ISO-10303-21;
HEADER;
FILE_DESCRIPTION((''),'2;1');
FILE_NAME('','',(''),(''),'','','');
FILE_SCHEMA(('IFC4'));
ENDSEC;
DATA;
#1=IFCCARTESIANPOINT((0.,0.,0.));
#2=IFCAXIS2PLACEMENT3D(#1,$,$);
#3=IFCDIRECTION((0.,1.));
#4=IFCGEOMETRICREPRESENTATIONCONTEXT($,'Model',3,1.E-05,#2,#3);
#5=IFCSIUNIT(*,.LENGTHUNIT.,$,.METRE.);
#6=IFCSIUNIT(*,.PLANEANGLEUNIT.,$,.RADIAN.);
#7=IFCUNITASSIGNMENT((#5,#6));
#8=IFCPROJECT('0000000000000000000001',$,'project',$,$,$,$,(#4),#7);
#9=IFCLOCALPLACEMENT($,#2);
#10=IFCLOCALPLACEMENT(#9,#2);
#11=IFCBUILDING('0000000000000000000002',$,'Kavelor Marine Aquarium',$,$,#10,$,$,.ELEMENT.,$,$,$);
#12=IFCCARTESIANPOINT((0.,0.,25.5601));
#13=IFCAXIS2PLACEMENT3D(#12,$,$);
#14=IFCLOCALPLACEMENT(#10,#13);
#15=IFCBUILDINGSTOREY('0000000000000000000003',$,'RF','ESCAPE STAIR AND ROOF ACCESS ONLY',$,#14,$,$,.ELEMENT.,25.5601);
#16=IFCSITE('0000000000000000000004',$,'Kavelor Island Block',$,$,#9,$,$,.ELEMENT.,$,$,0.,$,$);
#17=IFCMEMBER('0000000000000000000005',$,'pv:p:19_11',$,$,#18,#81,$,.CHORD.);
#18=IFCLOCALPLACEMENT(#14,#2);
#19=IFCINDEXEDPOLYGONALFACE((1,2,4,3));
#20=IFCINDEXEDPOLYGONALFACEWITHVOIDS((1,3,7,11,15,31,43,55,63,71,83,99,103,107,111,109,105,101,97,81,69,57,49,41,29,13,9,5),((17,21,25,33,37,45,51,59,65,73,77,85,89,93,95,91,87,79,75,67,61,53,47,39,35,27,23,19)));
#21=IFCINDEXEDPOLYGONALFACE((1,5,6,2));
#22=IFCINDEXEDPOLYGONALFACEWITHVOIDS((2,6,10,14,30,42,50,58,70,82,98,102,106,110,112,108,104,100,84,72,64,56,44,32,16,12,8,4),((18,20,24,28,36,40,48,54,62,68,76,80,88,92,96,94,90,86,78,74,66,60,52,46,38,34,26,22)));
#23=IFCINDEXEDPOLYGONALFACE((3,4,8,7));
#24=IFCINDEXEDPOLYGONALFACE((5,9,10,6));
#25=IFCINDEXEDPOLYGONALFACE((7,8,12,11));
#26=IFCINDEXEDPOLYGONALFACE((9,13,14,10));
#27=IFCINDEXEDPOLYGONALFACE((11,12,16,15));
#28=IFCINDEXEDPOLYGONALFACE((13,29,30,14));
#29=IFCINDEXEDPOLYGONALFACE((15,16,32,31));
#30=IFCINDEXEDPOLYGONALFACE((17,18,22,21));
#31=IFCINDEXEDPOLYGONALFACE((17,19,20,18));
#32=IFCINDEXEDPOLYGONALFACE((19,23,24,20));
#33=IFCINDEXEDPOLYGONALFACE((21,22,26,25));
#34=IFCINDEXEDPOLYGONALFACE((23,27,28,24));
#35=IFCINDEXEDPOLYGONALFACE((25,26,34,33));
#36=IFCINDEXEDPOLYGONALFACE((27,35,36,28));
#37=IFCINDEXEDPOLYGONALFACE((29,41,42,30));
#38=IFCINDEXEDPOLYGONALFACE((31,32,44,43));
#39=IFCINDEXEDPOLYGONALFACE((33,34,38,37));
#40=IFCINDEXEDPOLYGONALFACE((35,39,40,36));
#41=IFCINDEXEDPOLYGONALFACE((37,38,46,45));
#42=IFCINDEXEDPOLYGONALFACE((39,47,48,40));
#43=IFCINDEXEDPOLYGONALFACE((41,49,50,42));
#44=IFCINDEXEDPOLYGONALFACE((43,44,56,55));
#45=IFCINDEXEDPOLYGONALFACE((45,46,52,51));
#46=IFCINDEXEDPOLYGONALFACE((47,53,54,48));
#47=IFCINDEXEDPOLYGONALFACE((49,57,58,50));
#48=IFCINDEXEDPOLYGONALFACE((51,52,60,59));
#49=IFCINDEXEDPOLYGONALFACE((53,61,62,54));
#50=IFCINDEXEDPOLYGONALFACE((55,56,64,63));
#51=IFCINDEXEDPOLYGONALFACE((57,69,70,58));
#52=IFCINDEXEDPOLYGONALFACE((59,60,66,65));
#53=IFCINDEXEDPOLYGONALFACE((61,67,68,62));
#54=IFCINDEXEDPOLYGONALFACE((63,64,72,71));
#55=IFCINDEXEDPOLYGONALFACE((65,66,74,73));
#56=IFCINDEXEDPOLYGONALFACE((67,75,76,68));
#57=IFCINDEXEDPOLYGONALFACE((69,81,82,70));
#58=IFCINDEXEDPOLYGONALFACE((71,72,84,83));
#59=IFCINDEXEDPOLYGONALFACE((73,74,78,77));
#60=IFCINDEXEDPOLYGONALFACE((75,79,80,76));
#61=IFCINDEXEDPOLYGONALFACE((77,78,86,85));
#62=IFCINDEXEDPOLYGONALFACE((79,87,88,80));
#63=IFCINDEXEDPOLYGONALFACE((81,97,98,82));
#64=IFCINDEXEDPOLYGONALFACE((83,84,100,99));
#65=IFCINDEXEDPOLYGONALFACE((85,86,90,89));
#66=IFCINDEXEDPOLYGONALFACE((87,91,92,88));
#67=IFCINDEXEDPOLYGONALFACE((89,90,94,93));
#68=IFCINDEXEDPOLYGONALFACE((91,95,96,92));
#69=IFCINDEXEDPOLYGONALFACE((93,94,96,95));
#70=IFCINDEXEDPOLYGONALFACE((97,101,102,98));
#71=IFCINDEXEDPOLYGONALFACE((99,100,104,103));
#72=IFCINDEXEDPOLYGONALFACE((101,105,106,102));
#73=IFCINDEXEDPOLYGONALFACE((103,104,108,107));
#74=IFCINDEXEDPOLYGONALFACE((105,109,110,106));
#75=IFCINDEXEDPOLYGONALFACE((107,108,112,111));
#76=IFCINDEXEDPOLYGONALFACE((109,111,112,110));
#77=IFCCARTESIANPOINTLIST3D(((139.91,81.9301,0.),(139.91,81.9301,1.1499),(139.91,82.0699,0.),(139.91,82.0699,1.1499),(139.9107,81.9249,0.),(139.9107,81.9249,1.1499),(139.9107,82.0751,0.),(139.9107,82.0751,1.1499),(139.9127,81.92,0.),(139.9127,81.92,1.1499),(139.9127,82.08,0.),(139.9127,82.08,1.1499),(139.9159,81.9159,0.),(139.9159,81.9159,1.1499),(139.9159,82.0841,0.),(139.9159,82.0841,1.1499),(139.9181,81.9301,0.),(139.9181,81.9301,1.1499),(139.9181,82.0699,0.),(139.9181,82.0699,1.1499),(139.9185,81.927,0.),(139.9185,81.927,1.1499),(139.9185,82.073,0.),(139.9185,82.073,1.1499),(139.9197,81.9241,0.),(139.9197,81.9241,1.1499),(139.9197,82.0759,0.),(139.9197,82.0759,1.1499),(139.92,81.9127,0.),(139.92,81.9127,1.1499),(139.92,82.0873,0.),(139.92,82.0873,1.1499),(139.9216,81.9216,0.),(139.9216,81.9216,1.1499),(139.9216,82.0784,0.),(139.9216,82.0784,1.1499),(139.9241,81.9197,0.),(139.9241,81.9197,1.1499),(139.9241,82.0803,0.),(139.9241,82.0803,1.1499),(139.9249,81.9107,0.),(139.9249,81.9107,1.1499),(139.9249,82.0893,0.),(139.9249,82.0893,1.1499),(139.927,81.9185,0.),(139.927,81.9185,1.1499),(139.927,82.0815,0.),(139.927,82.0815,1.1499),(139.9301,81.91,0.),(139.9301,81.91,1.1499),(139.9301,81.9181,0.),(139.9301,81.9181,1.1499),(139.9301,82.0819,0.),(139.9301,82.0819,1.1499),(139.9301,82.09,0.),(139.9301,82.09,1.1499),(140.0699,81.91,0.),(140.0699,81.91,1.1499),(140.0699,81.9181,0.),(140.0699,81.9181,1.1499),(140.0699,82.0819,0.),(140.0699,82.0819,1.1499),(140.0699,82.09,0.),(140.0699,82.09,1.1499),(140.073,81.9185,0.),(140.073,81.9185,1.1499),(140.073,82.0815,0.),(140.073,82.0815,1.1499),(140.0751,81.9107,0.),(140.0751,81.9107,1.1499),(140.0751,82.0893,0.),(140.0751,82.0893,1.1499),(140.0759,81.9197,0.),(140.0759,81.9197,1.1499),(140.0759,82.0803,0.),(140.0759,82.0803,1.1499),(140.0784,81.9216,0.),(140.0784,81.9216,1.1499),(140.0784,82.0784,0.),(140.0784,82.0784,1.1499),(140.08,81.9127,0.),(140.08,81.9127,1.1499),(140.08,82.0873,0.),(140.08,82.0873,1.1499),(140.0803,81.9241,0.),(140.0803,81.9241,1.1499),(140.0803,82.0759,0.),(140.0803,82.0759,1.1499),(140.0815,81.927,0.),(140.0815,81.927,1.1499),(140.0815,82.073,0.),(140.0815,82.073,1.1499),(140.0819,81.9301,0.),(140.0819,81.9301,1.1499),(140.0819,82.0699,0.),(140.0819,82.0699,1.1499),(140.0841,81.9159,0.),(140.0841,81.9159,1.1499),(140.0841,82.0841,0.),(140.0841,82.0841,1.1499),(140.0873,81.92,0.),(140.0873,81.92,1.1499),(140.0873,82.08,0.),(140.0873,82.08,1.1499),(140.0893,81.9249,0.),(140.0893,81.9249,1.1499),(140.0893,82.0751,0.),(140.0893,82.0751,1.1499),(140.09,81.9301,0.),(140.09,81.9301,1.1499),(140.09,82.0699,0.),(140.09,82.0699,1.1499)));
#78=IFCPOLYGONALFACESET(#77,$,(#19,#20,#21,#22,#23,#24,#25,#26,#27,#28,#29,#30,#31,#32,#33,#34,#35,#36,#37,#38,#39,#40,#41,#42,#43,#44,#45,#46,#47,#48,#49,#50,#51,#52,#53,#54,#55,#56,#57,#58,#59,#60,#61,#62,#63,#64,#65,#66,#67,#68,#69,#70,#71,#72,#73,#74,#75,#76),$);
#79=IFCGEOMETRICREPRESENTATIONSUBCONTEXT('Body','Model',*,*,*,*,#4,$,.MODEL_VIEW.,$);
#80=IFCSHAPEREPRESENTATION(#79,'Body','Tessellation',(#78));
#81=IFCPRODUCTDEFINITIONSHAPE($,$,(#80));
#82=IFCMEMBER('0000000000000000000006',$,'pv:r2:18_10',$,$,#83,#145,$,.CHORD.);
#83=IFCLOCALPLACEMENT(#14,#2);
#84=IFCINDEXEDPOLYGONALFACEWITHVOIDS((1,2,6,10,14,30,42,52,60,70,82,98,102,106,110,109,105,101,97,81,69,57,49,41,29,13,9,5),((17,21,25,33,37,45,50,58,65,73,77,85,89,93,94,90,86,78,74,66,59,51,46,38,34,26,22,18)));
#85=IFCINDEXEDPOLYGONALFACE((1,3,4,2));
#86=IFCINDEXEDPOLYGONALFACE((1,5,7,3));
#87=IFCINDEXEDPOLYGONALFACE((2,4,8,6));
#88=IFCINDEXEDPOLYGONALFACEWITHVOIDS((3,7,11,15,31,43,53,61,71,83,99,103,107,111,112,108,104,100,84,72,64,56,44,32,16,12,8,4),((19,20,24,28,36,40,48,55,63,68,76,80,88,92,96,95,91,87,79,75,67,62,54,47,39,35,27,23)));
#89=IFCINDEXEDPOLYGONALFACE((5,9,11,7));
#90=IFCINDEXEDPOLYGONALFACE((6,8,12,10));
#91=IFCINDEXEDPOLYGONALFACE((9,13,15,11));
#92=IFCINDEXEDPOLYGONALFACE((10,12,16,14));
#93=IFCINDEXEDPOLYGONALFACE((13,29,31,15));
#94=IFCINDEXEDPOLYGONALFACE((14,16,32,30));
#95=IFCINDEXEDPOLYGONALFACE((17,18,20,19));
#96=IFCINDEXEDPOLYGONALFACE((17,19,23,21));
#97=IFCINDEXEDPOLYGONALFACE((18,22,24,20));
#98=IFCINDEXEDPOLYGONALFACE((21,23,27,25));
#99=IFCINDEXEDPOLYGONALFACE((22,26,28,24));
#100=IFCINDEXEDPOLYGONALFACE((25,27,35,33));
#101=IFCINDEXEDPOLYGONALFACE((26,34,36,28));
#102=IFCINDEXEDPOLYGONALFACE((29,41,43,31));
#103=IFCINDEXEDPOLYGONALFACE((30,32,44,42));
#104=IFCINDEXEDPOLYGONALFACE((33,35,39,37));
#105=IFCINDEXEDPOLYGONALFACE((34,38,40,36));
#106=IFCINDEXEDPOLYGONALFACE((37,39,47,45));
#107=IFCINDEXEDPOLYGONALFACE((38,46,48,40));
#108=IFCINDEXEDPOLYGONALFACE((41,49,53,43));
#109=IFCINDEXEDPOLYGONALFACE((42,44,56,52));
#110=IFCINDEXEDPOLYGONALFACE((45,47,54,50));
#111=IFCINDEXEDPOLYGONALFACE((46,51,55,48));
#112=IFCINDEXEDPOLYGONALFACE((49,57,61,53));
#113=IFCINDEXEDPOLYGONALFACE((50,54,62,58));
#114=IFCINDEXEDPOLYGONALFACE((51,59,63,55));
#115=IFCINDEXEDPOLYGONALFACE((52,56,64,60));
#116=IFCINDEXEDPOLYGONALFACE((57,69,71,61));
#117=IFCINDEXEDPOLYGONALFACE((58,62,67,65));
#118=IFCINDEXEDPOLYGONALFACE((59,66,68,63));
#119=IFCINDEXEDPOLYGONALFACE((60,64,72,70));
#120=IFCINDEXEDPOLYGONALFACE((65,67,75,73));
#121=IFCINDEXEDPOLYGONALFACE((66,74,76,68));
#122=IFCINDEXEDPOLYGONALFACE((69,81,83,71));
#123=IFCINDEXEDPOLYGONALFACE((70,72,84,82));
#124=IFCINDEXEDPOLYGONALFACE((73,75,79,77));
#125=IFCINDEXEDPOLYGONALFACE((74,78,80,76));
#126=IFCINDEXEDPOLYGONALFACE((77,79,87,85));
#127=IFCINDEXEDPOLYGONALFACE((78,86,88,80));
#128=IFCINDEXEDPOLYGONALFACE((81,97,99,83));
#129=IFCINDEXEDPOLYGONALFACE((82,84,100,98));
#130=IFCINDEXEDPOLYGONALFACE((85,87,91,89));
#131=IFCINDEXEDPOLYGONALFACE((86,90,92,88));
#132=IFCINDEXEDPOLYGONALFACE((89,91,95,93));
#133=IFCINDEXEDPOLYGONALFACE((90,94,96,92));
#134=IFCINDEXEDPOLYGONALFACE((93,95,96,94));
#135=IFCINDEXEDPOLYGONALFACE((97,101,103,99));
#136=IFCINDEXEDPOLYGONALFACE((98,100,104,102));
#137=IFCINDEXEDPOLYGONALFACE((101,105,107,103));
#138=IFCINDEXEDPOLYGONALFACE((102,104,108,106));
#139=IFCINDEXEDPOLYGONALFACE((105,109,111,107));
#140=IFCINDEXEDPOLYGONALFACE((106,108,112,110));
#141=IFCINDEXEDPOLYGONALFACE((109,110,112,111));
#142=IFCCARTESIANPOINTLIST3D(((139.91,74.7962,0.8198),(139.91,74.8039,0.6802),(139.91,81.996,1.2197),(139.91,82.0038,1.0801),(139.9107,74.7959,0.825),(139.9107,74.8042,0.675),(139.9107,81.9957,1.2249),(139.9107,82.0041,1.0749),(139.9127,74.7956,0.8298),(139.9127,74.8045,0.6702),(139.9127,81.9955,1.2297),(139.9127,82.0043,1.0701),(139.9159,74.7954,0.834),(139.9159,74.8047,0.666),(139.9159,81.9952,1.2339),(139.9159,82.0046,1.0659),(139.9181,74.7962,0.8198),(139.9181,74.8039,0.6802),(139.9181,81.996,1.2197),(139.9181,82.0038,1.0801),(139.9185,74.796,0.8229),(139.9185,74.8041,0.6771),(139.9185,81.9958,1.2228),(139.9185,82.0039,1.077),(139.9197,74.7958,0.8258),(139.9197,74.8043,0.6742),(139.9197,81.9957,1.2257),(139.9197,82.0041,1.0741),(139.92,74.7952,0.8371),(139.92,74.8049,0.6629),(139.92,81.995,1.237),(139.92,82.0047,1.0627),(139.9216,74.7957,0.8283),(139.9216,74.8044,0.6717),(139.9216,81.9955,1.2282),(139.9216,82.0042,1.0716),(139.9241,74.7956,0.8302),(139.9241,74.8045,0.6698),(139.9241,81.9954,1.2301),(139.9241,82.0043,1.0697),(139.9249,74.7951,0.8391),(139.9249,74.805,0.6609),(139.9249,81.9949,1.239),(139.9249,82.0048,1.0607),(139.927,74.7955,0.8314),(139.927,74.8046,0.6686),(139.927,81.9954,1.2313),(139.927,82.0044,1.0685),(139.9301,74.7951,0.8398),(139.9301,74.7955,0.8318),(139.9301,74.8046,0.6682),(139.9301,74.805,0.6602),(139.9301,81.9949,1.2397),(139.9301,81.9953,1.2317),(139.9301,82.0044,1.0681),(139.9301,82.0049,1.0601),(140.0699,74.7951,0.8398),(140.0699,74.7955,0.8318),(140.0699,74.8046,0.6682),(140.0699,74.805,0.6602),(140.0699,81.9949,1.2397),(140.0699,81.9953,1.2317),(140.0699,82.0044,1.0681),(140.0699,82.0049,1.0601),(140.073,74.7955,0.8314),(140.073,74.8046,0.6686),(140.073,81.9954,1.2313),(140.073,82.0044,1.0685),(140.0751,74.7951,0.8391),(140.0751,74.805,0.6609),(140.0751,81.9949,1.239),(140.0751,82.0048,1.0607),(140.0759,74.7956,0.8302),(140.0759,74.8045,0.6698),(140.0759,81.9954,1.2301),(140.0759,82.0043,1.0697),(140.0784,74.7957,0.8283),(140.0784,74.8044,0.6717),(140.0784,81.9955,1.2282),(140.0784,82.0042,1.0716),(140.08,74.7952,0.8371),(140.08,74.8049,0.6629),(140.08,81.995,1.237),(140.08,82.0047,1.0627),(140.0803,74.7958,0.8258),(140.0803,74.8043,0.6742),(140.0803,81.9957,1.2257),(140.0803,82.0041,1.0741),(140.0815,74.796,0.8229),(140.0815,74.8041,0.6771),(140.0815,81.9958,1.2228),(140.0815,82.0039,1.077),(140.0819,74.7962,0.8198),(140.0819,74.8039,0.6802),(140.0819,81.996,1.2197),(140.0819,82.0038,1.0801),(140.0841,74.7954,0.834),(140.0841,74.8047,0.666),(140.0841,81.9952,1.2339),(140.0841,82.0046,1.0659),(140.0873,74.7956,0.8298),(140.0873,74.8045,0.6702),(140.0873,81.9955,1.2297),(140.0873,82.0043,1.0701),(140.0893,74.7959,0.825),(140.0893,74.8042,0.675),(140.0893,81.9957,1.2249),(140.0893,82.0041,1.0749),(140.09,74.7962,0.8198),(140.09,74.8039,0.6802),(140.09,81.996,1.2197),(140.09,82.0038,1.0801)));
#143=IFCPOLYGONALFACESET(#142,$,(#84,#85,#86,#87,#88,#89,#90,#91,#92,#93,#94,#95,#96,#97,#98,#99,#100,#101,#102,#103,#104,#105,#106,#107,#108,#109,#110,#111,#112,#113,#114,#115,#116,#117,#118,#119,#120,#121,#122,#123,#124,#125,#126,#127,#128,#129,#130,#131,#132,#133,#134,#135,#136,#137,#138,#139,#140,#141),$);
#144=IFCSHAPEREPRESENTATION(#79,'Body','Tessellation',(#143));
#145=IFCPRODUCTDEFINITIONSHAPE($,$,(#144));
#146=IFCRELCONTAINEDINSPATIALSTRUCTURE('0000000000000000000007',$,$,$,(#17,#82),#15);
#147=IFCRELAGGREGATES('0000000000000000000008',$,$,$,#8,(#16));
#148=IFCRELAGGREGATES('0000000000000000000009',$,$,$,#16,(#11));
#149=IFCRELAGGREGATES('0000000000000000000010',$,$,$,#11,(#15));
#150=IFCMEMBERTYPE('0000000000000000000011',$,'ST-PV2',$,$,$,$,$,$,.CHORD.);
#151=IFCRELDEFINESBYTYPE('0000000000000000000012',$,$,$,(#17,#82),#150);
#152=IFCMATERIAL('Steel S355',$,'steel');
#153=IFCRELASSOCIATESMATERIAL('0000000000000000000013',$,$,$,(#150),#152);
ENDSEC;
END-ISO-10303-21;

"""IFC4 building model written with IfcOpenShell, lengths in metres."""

from ifc_helpers import new_model, si_unit, direction, frame, origin, origin_2d, place, context, subcontext, project, spatial, hollow_rectangle, extrude, material, material_profile, profile_set, type_object, element, save


model = new_model("IFC4")

# Units and contexts
model_context = context("Model", 3, precision=1e-05, world=origin(), true_north=direction((0.0, 1.0)))
body_context = subcontext(model_context, "Body", "Model", "MODEL_VIEW")
ifc_project = project(units=[si_unit("LENGTHUNIT", "METRE"), si_unit("PLANEANGLEUNIT", "RADIAN")], contexts=[model_context])

# Site, building, storey
site_placement = place(None, origin())
site = spatial("IfcSite", under=ifc_project, at=site_placement, Name="Kavelor Island Block", CompositionType="ELEMENT", RefElevation=0.0)
building_placement = place(site_placement, origin())
building = spatial("IfcBuilding", under=site, at=building_placement, Name="Kavelor Marine Aquarium", CompositionType="ELEMENT")
storey_placement = place(building_placement, frame((0.0, 0.0, 25.5601)))
storey = spatial("IfcBuildingStorey", under=building, at=storey_placement, Name="RF", Description="ESCAPE STAIR AND ROOF ACCESS ONLY", CompositionType="ELEMENT", Elevation=25.5601)

# Members
ifc_material_1 = material(Name="Steel S355", Category="steel")
ifc_material_profile_1 = material_profile(ifc_material_1, hollow_rectangle(XDim=0.1799, YDim=0.1799, WallThickness=0.0081, InnerFilletRadius=0.012, OuterFilletRadius=0.02, at=origin_2d()), Name="SHS 180x180x8.0")
ifc_profile_set_1 = profile_set([ifc_material_profile_1], Name="Steel S355")
member_type_1 = type_object("IfcMemberType", Name="ST-PV2", PredefinedType="CHORD", material=ifc_profile_set_1)
member_1_placement = place(storey_placement, frame((140.0, 82.0, 0.0), z_axis=(0.0, 0.0, 1.0), x_axis=(1.0, 0.0, 0.0)))
element("IfcMember", 1, at=member_1_placement, inside=storey, type_object=member_type_1, Name="pv:p:19_11", PredefinedType="CHORD", context=body_context, shape_type="SweptSolid", body=[
    extrude(hollow_rectangle(XDim=0.1799, YDim=0.1799, WallThickness=0.0081, InnerFilletRadius=0.012, OuterFilletRadius=0.02, at=origin_2d()), origin(), (0.0, 0.0, 1.0), 1.1499),
])
for number, where, z_axis, x_axis, name in (
    (2, (140.0, 74.8, 0.75), (0.0, 0.998461, 0.055457), (-1.0, 0.0, 0.0), "pv:r2:18_10"),
):
    element("IfcMember", number, at=place(storey_placement, frame(where, z_axis=z_axis, x_axis=x_axis)), inside=storey, type_object=member_type_1, Name=name, PredefinedType="CHORD", context=body_context, shape_type="SweptSolid", body=[
        extrude(hollow_rectangle(XDim=0.1799, YDim=0.1799, WallThickness=0.0081, InnerFilletRadius=0.012, OuterFilletRadius=0.02, at=origin_2d()), origin(), (0.0, 0.0, 1.0), 7.2109),
    ])

save(model, "model.ifc")
